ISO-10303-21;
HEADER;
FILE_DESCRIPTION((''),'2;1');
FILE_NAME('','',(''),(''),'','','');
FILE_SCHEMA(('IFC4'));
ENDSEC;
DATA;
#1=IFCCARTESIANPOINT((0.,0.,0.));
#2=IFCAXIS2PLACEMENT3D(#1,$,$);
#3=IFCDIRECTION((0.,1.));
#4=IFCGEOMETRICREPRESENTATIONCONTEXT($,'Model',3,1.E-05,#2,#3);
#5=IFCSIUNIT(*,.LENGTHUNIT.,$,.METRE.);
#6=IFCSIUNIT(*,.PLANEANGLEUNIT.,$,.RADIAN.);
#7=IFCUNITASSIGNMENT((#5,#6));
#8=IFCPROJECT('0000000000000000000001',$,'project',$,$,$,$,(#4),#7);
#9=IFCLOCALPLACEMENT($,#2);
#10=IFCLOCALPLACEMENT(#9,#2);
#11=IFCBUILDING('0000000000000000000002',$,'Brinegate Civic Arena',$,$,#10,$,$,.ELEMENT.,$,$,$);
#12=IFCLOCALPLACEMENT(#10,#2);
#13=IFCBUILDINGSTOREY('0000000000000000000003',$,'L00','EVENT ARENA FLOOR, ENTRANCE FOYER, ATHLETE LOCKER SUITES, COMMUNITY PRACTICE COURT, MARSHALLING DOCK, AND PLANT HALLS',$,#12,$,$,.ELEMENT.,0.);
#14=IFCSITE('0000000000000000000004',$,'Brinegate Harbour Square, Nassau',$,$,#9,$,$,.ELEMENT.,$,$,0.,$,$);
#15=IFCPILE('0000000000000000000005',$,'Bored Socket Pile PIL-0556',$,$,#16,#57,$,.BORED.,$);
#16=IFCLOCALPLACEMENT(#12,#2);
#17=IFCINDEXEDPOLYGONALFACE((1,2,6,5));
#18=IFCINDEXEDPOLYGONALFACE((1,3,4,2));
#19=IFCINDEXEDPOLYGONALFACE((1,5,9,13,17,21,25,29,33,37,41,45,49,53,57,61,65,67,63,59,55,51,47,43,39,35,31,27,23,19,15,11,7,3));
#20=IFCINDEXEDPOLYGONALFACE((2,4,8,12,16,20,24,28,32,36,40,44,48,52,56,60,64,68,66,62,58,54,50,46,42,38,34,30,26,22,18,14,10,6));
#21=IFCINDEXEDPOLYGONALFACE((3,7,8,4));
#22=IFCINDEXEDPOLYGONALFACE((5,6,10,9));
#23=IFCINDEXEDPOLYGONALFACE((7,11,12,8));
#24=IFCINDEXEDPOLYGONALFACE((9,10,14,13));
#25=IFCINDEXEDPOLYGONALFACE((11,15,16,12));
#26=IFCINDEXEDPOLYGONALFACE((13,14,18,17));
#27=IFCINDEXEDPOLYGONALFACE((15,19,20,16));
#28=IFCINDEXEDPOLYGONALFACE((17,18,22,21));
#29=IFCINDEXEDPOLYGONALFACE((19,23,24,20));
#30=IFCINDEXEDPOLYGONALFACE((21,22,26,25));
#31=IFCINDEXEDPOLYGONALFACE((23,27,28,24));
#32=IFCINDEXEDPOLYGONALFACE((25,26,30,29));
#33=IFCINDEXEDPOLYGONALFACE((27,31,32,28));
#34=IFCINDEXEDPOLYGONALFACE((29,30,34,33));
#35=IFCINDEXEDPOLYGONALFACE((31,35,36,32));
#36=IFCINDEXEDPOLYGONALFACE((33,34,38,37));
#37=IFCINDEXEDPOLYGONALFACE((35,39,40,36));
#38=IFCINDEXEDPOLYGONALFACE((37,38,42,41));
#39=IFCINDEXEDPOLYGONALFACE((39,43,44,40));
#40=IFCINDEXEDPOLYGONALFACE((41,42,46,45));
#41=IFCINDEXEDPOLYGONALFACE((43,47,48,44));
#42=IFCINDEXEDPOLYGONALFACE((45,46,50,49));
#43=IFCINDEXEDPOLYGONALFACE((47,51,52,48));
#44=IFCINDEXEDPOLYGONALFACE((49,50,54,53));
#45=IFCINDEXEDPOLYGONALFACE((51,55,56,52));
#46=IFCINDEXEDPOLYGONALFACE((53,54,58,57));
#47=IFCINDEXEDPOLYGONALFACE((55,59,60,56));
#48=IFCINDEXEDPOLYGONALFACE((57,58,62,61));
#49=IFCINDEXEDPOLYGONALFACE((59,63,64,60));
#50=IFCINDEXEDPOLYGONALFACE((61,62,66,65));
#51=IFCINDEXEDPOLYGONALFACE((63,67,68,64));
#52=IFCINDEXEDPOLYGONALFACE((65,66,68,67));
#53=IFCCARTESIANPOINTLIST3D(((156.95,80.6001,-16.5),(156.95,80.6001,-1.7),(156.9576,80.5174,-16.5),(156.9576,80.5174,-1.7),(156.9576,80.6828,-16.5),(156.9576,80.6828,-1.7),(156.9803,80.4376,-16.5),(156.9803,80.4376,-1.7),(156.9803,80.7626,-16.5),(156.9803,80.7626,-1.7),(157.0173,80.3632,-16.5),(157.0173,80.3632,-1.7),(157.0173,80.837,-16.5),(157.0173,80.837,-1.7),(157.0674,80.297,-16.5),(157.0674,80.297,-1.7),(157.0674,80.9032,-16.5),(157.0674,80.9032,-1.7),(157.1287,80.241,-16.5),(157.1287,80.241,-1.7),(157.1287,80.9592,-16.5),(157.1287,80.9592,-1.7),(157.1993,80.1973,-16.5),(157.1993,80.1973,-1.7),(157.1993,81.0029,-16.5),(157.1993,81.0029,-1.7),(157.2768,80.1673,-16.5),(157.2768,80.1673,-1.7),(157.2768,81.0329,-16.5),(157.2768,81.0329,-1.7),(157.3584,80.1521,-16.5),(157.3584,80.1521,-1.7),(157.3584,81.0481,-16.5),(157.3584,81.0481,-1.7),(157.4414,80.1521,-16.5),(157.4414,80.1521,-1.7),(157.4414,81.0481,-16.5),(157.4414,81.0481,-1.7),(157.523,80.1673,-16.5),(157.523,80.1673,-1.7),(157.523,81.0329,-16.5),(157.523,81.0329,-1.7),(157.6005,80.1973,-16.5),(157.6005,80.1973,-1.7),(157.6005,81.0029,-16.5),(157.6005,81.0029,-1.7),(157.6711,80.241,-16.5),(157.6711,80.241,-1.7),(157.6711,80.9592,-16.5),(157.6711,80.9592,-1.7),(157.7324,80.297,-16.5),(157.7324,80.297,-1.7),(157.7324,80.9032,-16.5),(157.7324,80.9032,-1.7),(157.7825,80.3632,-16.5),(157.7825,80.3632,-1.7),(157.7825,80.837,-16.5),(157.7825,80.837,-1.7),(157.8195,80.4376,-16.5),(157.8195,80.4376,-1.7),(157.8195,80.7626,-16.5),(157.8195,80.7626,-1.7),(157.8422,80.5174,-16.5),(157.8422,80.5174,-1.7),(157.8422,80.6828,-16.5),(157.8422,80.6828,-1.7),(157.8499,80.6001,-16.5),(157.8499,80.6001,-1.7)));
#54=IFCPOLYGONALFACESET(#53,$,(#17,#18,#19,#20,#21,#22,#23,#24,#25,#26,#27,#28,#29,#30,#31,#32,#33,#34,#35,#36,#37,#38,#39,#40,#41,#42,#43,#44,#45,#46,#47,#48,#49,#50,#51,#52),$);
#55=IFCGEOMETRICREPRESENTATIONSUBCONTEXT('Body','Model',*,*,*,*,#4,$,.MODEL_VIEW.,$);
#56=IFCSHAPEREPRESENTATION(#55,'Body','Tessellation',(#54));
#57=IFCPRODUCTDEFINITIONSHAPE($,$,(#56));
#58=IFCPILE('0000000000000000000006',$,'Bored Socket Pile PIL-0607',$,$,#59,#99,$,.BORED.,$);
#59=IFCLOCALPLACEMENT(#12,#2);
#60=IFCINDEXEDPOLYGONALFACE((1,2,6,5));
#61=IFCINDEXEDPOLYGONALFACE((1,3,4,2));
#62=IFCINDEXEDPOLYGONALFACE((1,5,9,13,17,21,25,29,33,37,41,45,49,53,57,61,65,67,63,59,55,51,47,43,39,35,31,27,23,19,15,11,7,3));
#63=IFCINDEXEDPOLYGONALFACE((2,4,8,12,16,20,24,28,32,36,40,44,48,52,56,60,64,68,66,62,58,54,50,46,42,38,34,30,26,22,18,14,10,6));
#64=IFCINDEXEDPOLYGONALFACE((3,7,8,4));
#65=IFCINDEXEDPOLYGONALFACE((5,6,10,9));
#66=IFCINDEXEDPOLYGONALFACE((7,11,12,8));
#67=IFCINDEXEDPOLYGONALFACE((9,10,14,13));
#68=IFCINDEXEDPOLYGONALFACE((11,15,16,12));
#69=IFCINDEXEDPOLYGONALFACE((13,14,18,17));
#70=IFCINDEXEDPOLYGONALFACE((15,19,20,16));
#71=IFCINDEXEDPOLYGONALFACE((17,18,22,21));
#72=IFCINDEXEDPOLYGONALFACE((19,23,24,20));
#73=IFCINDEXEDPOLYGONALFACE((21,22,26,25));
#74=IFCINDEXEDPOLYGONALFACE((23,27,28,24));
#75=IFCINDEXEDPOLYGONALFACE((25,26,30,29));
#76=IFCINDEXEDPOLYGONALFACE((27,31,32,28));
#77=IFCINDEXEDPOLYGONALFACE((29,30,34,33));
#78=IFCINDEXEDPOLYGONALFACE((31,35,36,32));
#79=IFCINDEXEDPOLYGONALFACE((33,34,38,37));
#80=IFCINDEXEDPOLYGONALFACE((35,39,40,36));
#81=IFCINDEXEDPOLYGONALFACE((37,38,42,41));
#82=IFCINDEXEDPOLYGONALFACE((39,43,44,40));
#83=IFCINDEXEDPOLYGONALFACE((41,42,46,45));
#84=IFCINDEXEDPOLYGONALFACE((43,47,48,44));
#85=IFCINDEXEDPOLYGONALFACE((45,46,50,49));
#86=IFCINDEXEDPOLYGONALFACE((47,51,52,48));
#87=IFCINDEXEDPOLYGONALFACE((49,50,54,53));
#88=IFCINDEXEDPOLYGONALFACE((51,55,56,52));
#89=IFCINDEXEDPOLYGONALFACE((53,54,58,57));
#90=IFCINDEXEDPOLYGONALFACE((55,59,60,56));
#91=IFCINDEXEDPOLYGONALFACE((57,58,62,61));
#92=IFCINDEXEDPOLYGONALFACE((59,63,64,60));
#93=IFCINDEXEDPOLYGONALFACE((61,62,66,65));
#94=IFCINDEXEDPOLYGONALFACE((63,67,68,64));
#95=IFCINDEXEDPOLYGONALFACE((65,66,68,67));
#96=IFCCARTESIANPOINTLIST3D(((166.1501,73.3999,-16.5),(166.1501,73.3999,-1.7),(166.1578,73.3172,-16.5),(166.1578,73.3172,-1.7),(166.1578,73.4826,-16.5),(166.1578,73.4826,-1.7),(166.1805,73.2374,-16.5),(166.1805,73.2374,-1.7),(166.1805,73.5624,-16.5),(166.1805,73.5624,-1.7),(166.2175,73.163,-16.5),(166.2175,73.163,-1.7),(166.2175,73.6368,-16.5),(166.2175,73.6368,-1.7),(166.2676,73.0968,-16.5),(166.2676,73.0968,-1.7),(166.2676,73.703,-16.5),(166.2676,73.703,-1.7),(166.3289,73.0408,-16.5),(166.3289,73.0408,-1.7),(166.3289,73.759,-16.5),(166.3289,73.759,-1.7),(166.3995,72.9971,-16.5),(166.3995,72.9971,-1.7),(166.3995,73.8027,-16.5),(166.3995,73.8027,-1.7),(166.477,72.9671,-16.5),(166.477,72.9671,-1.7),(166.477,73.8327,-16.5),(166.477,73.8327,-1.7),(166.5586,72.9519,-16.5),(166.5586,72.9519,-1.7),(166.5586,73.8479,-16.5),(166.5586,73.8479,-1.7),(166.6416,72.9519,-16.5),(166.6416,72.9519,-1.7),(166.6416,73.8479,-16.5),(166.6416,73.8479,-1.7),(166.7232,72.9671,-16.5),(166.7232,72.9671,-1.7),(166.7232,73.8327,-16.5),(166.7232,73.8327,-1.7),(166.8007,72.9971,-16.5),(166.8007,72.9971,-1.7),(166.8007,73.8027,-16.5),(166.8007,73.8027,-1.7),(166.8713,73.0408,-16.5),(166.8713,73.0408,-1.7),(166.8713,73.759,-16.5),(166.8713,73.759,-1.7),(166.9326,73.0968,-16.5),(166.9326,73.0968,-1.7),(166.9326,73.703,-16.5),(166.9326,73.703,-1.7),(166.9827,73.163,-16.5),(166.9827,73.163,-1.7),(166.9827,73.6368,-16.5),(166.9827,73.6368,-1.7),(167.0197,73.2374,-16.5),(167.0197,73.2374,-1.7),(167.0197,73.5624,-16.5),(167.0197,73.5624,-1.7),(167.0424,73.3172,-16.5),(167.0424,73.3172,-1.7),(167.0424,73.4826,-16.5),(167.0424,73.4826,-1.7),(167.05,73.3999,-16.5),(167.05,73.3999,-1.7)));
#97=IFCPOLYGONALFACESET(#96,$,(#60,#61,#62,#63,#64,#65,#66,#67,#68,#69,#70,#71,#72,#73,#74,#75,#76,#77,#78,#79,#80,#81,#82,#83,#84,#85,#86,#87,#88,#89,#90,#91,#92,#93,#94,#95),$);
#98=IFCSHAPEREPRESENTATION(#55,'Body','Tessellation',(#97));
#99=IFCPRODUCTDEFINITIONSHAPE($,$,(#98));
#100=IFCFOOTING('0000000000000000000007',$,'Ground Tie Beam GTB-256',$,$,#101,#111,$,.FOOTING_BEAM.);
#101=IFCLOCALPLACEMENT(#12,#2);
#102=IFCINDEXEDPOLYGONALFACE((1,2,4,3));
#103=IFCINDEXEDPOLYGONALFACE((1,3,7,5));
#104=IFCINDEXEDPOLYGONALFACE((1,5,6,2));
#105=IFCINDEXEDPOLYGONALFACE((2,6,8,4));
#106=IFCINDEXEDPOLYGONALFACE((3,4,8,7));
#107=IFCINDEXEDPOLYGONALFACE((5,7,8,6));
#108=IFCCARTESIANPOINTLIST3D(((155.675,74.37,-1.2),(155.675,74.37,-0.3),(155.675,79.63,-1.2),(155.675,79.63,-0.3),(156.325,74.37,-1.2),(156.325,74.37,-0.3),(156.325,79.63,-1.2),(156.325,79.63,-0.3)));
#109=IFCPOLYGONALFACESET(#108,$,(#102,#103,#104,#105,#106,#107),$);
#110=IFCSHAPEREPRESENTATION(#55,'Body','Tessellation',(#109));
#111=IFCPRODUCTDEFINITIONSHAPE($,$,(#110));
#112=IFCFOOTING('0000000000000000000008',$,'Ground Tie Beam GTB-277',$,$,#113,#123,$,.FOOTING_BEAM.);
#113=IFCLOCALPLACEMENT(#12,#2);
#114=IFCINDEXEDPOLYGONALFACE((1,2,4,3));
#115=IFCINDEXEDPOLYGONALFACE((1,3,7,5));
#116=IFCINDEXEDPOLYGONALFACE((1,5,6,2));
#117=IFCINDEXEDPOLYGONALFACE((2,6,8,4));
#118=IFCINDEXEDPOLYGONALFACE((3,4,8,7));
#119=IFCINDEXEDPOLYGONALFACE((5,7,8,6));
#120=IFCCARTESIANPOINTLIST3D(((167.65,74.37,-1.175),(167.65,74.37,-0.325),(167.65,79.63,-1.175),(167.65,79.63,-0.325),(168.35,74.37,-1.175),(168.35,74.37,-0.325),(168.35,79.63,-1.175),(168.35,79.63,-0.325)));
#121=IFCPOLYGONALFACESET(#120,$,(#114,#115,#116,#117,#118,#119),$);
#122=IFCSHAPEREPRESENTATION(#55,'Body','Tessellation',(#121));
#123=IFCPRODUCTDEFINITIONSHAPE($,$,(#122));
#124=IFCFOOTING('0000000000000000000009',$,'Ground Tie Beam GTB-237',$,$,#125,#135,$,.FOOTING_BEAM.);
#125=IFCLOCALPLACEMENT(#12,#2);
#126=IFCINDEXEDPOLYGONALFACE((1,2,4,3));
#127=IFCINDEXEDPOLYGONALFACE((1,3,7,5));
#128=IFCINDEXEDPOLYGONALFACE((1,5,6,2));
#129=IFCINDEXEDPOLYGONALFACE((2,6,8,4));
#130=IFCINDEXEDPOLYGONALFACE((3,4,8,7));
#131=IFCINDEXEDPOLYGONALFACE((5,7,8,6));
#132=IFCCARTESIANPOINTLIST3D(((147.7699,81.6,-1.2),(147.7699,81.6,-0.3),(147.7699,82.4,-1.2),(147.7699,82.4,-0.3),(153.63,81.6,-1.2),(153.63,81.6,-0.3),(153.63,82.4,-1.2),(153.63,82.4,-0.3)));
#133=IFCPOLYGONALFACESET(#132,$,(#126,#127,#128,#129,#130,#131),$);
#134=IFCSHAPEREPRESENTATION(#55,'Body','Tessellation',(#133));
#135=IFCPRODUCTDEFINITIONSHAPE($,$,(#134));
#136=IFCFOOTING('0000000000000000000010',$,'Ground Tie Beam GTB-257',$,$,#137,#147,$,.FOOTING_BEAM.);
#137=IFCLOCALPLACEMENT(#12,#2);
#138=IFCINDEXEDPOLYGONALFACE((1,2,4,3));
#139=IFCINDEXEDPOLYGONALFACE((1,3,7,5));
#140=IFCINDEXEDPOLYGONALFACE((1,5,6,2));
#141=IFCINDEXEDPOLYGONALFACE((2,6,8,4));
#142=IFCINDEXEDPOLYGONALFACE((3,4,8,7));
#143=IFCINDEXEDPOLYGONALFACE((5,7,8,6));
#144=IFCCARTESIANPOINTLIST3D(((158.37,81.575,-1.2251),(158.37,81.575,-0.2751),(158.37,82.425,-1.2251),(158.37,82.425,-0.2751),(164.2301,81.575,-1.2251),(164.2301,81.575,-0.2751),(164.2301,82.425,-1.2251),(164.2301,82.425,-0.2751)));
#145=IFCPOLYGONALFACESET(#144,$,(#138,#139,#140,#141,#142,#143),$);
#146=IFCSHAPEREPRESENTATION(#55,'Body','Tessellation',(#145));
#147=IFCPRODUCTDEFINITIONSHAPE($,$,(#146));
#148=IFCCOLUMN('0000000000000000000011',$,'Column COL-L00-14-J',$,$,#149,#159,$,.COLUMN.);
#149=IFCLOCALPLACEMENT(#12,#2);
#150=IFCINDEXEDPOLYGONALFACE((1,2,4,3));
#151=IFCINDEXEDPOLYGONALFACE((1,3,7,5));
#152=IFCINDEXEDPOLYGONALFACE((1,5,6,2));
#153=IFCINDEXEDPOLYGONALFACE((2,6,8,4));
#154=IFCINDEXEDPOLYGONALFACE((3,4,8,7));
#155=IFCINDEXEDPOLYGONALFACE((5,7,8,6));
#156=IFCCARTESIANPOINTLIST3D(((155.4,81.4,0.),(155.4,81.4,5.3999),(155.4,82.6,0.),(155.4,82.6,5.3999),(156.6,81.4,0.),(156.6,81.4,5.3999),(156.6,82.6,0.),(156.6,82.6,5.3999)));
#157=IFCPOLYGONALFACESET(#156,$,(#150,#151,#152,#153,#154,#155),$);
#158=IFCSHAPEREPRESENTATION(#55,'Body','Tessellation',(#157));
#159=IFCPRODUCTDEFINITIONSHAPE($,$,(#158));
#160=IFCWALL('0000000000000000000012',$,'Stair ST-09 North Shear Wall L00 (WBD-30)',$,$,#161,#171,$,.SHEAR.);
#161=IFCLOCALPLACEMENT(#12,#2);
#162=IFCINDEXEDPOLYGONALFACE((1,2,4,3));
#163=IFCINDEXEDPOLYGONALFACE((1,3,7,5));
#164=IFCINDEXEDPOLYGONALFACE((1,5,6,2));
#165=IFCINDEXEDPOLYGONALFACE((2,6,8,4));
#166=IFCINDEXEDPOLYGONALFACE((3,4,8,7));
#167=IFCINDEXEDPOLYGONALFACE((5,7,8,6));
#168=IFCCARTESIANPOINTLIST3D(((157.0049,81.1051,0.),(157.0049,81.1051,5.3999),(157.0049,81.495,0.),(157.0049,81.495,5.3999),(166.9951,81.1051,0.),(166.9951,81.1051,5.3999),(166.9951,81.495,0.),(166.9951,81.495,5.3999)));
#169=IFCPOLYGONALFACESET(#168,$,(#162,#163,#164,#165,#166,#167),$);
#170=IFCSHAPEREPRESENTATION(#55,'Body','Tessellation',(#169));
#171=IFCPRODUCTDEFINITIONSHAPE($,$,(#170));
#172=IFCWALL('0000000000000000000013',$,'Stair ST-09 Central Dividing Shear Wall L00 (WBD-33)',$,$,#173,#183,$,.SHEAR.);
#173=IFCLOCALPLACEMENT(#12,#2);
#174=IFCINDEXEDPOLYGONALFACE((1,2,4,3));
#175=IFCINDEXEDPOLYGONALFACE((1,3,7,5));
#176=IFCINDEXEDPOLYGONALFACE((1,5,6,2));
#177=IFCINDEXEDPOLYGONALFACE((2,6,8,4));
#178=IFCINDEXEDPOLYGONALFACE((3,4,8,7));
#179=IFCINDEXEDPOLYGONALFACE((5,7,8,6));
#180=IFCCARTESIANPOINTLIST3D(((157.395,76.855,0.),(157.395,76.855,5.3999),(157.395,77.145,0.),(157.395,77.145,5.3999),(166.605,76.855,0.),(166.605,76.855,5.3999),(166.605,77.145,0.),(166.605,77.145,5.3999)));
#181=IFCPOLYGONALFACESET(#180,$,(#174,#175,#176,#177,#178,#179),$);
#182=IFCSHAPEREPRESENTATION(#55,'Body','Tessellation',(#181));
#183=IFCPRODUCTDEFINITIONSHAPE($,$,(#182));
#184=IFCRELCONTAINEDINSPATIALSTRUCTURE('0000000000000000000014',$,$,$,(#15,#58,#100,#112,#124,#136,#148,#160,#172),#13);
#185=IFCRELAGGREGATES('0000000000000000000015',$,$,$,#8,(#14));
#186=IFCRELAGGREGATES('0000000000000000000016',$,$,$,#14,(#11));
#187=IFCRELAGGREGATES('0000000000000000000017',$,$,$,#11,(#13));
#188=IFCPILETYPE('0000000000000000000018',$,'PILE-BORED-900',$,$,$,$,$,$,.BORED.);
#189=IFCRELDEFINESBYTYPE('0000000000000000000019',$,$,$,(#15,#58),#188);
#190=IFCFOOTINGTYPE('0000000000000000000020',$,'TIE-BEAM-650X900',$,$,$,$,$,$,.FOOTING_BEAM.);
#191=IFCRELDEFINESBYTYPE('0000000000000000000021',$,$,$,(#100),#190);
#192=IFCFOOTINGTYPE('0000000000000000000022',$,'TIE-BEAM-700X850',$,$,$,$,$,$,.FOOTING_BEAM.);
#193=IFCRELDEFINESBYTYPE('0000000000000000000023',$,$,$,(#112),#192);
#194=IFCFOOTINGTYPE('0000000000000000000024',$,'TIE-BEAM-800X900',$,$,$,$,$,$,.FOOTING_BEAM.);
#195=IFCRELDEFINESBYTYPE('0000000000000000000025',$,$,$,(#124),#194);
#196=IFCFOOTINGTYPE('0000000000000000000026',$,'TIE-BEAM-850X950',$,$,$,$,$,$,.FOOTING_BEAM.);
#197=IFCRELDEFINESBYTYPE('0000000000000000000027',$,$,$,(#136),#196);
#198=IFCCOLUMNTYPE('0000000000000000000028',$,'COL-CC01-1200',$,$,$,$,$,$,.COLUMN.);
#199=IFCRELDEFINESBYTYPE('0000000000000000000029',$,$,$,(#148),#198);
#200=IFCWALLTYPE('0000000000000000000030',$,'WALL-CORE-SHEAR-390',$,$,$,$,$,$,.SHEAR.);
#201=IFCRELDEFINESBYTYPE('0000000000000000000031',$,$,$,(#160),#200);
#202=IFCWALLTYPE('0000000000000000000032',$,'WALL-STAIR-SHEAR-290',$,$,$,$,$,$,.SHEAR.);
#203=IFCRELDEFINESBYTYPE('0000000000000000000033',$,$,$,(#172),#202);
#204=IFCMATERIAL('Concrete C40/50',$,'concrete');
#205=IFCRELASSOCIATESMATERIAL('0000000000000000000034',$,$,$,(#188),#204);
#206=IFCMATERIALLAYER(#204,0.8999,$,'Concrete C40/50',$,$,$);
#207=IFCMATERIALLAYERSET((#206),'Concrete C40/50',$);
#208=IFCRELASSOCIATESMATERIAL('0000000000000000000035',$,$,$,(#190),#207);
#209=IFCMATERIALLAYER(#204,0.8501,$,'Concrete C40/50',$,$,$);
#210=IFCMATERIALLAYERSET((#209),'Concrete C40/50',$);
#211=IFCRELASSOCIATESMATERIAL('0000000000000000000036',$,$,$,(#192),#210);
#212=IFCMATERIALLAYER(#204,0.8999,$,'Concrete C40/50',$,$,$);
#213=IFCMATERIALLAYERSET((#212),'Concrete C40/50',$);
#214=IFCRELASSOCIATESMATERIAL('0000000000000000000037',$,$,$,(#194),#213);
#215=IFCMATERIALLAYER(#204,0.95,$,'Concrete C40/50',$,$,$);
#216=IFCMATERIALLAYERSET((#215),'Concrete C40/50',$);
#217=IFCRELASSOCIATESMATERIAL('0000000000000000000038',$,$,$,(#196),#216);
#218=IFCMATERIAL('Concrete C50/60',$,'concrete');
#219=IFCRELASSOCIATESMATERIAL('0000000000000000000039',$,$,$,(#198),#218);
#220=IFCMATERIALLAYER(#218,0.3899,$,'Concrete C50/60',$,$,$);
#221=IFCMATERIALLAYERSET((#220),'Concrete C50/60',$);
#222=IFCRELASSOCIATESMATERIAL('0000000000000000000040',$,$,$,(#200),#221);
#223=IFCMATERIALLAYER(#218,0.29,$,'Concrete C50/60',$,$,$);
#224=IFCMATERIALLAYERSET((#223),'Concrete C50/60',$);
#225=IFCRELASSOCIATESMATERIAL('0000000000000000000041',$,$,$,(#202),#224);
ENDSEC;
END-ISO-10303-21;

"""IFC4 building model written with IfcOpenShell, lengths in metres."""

from ifc_helpers import new_model, si_unit, direction, frame, frame_2d, origin, origin_2d, place, context, subcontext, project, spatial, rectangle, circle, extrude, material, layer, layer_set, material_profile, profile_set, type_object, element, save


model = new_model("IFC4")

# Units and contexts
model_context = context("Model", 3, precision=1e-05, world=origin(), true_north=direction((0.0, 1.0)))
body_context = subcontext(model_context, "Body", "Model", "MODEL_VIEW")
ifc_project = project(units=[si_unit("LENGTHUNIT", "METRE"), si_unit("PLANEANGLEUNIT", "RADIAN")], contexts=[model_context])

# Site, building, storey
site_placement = place(None, origin())
site = spatial("IfcSite", under=ifc_project, at=site_placement, Name="Brinegate Harbour Square, Nassau", CompositionType="ELEMENT", RefElevation=0.0)
building_placement = place(site_placement, origin())
building = spatial("IfcBuilding", under=site, at=building_placement, Name="Brinegate Civic Arena", CompositionType="ELEMENT")
storey_placement = place(building_placement, origin())
storey = spatial("IfcBuildingStorey", under=building, at=storey_placement, Name="L00", Description="EVENT ARENA FLOOR, ENTRANCE FOYER, ATHLETE LOCKER SUITES, COMMUNITY PRACTICE COURT, MARSHALLING DOCK, AND PLANT HALLS", CompositionType="ELEMENT", Elevation=0.0)

# Shared definitions
ifc_material_1 = material(Name="Concrete C40/50", Category="concrete")

# Piles
ifc_material_profile_1 = material_profile(ifc_material_1, circle(Radius=0.45, at=origin_2d()), Name="PILED900")
ifc_profile_set_1 = profile_set([ifc_material_profile_1], Name="Concrete C40/50")
pile_type_1 = type_object("IfcPileType", Name="PILE-BORED-900", PredefinedType="BORED", material=ifc_profile_set_1)
for number, where, z_axis, x_axis, name in (
    (1, (157.3999, 80.6001, -1.7), (0.0, 0.0, -1.0), (1.0, 0.0, 0.0), "Bored Socket Pile PIL-0556"),
    (2, (166.6001, 73.3999, -1.7), (0.0, 0.0, -1.0), (1.0, 0.0, 0.0), "Bored Socket Pile PIL-0607"),
):
    element("IfcPile", number, at=place(storey_placement, frame(where, z_axis=z_axis, x_axis=x_axis)), inside=storey, type_object=pile_type_1, Name=name, PredefinedType="BORED", context=body_context, shape_type="SweptSolid", body=[
        extrude(circle(Radius=0.45, at=origin_2d()), origin(), (0.0, 0.0, 1.0), 14.8),
    ])

# Footings
ifc_layer_1 = layer(ifc_material_1, 0.8999, Name="Concrete C40/50")
ifc_layer_set_1 = layer_set([ifc_layer_1], Name="Concrete C40/50")
footing_type_1 = type_object("IfcFootingType", Name="TIE-BEAM-650X900", PredefinedType="FOOTING_BEAM", material=ifc_layer_set_1)
footing_1_placement = place(storey_placement, frame((156.0, 77.0, -1.2), z_axis=(0.0, 0.0, 1.0), x_axis=(0.0, 1.0, 0.0)))
element("IfcFooting", 3, at=footing_1_placement, inside=storey, type_object=footing_type_1, Name="Ground Tie Beam GTB-256", PredefinedType="FOOTING_BEAM", context=body_context, shape_type="SweptSolid", body=[
    extrude(rectangle(XDim=5.26, YDim=0.6499, at=origin_2d()), origin(), (0.0, 0.0, 1.0), 0.8999),
])
ifc_layer_2 = layer(ifc_material_1, 0.8501, Name="Concrete C40/50")
ifc_layer_set_2 = layer_set([ifc_layer_2], Name="Concrete C40/50")
footing_type_2 = type_object("IfcFootingType", Name="TIE-BEAM-700X850", PredefinedType="FOOTING_BEAM", material=ifc_layer_set_2)
footing_2_placement = place(storey_placement, frame((168.0, 77.0, -1.175), z_axis=(0.0, 0.0, 1.0), x_axis=(0.0, 1.0, 0.0)))
element("IfcFooting", 4, at=footing_2_placement, inside=storey, type_object=footing_type_2, Name="Ground Tie Beam GTB-277", PredefinedType="FOOTING_BEAM", context=body_context, shape_type="SweptSolid", body=[
    extrude(rectangle(XDim=5.26, YDim=0.7, at=origin_2d()), origin(), (0.0, 0.0, 1.0), 0.8501),
])
ifc_layer_3 = layer(ifc_material_1, 0.8999, Name="Concrete C40/50")
ifc_layer_set_3 = layer_set([ifc_layer_3], Name="Concrete C40/50")
footing_type_3 = type_object("IfcFootingType", Name="TIE-BEAM-800X900", PredefinedType="FOOTING_BEAM", material=ifc_layer_set_3)
footing_3_placement = place(storey_placement, frame((150.7, 82.0, -1.2), z_axis=(0.0, 0.0, 1.0), x_axis=(1.0, 0.0, 0.0)))
element("IfcFooting", 5, at=footing_3_placement, inside=storey, type_object=footing_type_3, Name="Ground Tie Beam GTB-237", PredefinedType="FOOTING_BEAM", context=body_context, shape_type="SweptSolid", body=[
    extrude(rectangle(XDim=5.8601, YDim=0.8, at=origin_2d()), origin(), (0.0, 0.0, 1.0), 0.8999),
])
ifc_layer_4 = layer(ifc_material_1, 0.95, Name="Concrete C40/50")
ifc_layer_set_4 = layer_set([ifc_layer_4], Name="Concrete C40/50")
footing_type_4 = type_object("IfcFootingType", Name="TIE-BEAM-850X950", PredefinedType="FOOTING_BEAM", material=ifc_layer_set_4)
footing_4_placement = place(storey_placement, frame((161.3, 82.0, -1.2251), z_axis=(0.0, 0.0, 1.0), x_axis=(1.0, 0.0, 0.0)))
element("IfcFooting", 6, at=footing_4_placement, inside=storey, type_object=footing_type_4, Name="Ground Tie Beam GTB-257", PredefinedType="FOOTING_BEAM", context=body_context, shape_type="SweptSolid", body=[
    extrude(rectangle(XDim=5.8601, YDim=0.8501, at=origin_2d()), origin(), (0.0, 0.0, 1.0), 0.95),
])

# Column
ifc_material_2 = material(Name="Concrete C50/60", Category="concrete")
ifc_material_profile_2 = material_profile(ifc_material_2, rectangle(XDim=1.2, YDim=1.2, at=origin_2d()), Name="RC1200X1200")
ifc_profile_set_2 = profile_set([ifc_material_profile_2], Name="Concrete C50/60")
column_type = type_object("IfcColumnType", Name="COL-CC01-1200", PredefinedType="COLUMN", material=ifc_profile_set_2)
column_placement = place(storey_placement, frame((156.0, 82.0, 0.0), z_axis=(0.0, 0.0, 1.0), x_axis=(1.0, 0.0, 0.0)))
element("IfcColumn", 7, at=column_placement, inside=storey, type_object=column_type, Name="Column COL-L00-14-J", PredefinedType="COLUMN", context=body_context, shape_type="SweptSolid", body=[
    extrude(rectangle(XDim=1.2, YDim=1.2, at=origin_2d()), origin(), (0.0, 0.0, 1.0), 5.3999),
])

# Walls
ifc_layer_5 = layer(ifc_material_2, 0.3899, Name="Concrete C50/60")
ifc_layer_set_5 = layer_set([ifc_layer_5], Name="Concrete C50/60")
wall_type_1 = type_object("IfcWallType", Name="WALL-CORE-SHEAR-390", PredefinedType="SHEAR", material=ifc_layer_set_5)
wall_1_placement = place(storey_placement, frame((157.0049, 81.3, 0.0), z_axis=(0.0, 0.0, 1.0), x_axis=(1.0, 0.0, 0.0)))
element("IfcWall", 8, at=wall_1_placement, inside=storey, type_object=wall_type_1, Name="Stair ST-09 North Shear Wall L00 (WBD-30)", PredefinedType="SHEAR", context=body_context, shape_type="SweptSolid", body=[
    extrude(rectangle(XDim=9.9902, YDim=0.3899, at=frame_2d((4.9951, 0.0))), origin(), (0.0, 0.0, 1.0), 5.3999),
])
ifc_layer_6 = layer(ifc_material_2, 0.29, Name="Concrete C50/60")
ifc_layer_set_6 = layer_set([ifc_layer_6], Name="Concrete C50/60")
wall_type_2 = type_object("IfcWallType", Name="WALL-STAIR-SHEAR-290", PredefinedType="SHEAR", material=ifc_layer_set_6)
wall_2_placement = place(storey_placement, frame((157.395, 77.0, 0.0), z_axis=(0.0, 0.0, 1.0), x_axis=(1.0, 0.0, 0.0)))
element("IfcWall", 9, at=wall_2_placement, inside=storey, type_object=wall_type_2, Name="Stair ST-09 Central Dividing Shear Wall L00 (WBD-33)", PredefinedType="SHEAR", context=body_context, shape_type="SweptSolid", body=[
    extrude(rectangle(XDim=9.21, YDim=0.29, at=frame_2d((4.605, 0.0))), origin(), (0.0, 0.0, 1.0), 5.3999),
])

save(model, "model.ifc")
